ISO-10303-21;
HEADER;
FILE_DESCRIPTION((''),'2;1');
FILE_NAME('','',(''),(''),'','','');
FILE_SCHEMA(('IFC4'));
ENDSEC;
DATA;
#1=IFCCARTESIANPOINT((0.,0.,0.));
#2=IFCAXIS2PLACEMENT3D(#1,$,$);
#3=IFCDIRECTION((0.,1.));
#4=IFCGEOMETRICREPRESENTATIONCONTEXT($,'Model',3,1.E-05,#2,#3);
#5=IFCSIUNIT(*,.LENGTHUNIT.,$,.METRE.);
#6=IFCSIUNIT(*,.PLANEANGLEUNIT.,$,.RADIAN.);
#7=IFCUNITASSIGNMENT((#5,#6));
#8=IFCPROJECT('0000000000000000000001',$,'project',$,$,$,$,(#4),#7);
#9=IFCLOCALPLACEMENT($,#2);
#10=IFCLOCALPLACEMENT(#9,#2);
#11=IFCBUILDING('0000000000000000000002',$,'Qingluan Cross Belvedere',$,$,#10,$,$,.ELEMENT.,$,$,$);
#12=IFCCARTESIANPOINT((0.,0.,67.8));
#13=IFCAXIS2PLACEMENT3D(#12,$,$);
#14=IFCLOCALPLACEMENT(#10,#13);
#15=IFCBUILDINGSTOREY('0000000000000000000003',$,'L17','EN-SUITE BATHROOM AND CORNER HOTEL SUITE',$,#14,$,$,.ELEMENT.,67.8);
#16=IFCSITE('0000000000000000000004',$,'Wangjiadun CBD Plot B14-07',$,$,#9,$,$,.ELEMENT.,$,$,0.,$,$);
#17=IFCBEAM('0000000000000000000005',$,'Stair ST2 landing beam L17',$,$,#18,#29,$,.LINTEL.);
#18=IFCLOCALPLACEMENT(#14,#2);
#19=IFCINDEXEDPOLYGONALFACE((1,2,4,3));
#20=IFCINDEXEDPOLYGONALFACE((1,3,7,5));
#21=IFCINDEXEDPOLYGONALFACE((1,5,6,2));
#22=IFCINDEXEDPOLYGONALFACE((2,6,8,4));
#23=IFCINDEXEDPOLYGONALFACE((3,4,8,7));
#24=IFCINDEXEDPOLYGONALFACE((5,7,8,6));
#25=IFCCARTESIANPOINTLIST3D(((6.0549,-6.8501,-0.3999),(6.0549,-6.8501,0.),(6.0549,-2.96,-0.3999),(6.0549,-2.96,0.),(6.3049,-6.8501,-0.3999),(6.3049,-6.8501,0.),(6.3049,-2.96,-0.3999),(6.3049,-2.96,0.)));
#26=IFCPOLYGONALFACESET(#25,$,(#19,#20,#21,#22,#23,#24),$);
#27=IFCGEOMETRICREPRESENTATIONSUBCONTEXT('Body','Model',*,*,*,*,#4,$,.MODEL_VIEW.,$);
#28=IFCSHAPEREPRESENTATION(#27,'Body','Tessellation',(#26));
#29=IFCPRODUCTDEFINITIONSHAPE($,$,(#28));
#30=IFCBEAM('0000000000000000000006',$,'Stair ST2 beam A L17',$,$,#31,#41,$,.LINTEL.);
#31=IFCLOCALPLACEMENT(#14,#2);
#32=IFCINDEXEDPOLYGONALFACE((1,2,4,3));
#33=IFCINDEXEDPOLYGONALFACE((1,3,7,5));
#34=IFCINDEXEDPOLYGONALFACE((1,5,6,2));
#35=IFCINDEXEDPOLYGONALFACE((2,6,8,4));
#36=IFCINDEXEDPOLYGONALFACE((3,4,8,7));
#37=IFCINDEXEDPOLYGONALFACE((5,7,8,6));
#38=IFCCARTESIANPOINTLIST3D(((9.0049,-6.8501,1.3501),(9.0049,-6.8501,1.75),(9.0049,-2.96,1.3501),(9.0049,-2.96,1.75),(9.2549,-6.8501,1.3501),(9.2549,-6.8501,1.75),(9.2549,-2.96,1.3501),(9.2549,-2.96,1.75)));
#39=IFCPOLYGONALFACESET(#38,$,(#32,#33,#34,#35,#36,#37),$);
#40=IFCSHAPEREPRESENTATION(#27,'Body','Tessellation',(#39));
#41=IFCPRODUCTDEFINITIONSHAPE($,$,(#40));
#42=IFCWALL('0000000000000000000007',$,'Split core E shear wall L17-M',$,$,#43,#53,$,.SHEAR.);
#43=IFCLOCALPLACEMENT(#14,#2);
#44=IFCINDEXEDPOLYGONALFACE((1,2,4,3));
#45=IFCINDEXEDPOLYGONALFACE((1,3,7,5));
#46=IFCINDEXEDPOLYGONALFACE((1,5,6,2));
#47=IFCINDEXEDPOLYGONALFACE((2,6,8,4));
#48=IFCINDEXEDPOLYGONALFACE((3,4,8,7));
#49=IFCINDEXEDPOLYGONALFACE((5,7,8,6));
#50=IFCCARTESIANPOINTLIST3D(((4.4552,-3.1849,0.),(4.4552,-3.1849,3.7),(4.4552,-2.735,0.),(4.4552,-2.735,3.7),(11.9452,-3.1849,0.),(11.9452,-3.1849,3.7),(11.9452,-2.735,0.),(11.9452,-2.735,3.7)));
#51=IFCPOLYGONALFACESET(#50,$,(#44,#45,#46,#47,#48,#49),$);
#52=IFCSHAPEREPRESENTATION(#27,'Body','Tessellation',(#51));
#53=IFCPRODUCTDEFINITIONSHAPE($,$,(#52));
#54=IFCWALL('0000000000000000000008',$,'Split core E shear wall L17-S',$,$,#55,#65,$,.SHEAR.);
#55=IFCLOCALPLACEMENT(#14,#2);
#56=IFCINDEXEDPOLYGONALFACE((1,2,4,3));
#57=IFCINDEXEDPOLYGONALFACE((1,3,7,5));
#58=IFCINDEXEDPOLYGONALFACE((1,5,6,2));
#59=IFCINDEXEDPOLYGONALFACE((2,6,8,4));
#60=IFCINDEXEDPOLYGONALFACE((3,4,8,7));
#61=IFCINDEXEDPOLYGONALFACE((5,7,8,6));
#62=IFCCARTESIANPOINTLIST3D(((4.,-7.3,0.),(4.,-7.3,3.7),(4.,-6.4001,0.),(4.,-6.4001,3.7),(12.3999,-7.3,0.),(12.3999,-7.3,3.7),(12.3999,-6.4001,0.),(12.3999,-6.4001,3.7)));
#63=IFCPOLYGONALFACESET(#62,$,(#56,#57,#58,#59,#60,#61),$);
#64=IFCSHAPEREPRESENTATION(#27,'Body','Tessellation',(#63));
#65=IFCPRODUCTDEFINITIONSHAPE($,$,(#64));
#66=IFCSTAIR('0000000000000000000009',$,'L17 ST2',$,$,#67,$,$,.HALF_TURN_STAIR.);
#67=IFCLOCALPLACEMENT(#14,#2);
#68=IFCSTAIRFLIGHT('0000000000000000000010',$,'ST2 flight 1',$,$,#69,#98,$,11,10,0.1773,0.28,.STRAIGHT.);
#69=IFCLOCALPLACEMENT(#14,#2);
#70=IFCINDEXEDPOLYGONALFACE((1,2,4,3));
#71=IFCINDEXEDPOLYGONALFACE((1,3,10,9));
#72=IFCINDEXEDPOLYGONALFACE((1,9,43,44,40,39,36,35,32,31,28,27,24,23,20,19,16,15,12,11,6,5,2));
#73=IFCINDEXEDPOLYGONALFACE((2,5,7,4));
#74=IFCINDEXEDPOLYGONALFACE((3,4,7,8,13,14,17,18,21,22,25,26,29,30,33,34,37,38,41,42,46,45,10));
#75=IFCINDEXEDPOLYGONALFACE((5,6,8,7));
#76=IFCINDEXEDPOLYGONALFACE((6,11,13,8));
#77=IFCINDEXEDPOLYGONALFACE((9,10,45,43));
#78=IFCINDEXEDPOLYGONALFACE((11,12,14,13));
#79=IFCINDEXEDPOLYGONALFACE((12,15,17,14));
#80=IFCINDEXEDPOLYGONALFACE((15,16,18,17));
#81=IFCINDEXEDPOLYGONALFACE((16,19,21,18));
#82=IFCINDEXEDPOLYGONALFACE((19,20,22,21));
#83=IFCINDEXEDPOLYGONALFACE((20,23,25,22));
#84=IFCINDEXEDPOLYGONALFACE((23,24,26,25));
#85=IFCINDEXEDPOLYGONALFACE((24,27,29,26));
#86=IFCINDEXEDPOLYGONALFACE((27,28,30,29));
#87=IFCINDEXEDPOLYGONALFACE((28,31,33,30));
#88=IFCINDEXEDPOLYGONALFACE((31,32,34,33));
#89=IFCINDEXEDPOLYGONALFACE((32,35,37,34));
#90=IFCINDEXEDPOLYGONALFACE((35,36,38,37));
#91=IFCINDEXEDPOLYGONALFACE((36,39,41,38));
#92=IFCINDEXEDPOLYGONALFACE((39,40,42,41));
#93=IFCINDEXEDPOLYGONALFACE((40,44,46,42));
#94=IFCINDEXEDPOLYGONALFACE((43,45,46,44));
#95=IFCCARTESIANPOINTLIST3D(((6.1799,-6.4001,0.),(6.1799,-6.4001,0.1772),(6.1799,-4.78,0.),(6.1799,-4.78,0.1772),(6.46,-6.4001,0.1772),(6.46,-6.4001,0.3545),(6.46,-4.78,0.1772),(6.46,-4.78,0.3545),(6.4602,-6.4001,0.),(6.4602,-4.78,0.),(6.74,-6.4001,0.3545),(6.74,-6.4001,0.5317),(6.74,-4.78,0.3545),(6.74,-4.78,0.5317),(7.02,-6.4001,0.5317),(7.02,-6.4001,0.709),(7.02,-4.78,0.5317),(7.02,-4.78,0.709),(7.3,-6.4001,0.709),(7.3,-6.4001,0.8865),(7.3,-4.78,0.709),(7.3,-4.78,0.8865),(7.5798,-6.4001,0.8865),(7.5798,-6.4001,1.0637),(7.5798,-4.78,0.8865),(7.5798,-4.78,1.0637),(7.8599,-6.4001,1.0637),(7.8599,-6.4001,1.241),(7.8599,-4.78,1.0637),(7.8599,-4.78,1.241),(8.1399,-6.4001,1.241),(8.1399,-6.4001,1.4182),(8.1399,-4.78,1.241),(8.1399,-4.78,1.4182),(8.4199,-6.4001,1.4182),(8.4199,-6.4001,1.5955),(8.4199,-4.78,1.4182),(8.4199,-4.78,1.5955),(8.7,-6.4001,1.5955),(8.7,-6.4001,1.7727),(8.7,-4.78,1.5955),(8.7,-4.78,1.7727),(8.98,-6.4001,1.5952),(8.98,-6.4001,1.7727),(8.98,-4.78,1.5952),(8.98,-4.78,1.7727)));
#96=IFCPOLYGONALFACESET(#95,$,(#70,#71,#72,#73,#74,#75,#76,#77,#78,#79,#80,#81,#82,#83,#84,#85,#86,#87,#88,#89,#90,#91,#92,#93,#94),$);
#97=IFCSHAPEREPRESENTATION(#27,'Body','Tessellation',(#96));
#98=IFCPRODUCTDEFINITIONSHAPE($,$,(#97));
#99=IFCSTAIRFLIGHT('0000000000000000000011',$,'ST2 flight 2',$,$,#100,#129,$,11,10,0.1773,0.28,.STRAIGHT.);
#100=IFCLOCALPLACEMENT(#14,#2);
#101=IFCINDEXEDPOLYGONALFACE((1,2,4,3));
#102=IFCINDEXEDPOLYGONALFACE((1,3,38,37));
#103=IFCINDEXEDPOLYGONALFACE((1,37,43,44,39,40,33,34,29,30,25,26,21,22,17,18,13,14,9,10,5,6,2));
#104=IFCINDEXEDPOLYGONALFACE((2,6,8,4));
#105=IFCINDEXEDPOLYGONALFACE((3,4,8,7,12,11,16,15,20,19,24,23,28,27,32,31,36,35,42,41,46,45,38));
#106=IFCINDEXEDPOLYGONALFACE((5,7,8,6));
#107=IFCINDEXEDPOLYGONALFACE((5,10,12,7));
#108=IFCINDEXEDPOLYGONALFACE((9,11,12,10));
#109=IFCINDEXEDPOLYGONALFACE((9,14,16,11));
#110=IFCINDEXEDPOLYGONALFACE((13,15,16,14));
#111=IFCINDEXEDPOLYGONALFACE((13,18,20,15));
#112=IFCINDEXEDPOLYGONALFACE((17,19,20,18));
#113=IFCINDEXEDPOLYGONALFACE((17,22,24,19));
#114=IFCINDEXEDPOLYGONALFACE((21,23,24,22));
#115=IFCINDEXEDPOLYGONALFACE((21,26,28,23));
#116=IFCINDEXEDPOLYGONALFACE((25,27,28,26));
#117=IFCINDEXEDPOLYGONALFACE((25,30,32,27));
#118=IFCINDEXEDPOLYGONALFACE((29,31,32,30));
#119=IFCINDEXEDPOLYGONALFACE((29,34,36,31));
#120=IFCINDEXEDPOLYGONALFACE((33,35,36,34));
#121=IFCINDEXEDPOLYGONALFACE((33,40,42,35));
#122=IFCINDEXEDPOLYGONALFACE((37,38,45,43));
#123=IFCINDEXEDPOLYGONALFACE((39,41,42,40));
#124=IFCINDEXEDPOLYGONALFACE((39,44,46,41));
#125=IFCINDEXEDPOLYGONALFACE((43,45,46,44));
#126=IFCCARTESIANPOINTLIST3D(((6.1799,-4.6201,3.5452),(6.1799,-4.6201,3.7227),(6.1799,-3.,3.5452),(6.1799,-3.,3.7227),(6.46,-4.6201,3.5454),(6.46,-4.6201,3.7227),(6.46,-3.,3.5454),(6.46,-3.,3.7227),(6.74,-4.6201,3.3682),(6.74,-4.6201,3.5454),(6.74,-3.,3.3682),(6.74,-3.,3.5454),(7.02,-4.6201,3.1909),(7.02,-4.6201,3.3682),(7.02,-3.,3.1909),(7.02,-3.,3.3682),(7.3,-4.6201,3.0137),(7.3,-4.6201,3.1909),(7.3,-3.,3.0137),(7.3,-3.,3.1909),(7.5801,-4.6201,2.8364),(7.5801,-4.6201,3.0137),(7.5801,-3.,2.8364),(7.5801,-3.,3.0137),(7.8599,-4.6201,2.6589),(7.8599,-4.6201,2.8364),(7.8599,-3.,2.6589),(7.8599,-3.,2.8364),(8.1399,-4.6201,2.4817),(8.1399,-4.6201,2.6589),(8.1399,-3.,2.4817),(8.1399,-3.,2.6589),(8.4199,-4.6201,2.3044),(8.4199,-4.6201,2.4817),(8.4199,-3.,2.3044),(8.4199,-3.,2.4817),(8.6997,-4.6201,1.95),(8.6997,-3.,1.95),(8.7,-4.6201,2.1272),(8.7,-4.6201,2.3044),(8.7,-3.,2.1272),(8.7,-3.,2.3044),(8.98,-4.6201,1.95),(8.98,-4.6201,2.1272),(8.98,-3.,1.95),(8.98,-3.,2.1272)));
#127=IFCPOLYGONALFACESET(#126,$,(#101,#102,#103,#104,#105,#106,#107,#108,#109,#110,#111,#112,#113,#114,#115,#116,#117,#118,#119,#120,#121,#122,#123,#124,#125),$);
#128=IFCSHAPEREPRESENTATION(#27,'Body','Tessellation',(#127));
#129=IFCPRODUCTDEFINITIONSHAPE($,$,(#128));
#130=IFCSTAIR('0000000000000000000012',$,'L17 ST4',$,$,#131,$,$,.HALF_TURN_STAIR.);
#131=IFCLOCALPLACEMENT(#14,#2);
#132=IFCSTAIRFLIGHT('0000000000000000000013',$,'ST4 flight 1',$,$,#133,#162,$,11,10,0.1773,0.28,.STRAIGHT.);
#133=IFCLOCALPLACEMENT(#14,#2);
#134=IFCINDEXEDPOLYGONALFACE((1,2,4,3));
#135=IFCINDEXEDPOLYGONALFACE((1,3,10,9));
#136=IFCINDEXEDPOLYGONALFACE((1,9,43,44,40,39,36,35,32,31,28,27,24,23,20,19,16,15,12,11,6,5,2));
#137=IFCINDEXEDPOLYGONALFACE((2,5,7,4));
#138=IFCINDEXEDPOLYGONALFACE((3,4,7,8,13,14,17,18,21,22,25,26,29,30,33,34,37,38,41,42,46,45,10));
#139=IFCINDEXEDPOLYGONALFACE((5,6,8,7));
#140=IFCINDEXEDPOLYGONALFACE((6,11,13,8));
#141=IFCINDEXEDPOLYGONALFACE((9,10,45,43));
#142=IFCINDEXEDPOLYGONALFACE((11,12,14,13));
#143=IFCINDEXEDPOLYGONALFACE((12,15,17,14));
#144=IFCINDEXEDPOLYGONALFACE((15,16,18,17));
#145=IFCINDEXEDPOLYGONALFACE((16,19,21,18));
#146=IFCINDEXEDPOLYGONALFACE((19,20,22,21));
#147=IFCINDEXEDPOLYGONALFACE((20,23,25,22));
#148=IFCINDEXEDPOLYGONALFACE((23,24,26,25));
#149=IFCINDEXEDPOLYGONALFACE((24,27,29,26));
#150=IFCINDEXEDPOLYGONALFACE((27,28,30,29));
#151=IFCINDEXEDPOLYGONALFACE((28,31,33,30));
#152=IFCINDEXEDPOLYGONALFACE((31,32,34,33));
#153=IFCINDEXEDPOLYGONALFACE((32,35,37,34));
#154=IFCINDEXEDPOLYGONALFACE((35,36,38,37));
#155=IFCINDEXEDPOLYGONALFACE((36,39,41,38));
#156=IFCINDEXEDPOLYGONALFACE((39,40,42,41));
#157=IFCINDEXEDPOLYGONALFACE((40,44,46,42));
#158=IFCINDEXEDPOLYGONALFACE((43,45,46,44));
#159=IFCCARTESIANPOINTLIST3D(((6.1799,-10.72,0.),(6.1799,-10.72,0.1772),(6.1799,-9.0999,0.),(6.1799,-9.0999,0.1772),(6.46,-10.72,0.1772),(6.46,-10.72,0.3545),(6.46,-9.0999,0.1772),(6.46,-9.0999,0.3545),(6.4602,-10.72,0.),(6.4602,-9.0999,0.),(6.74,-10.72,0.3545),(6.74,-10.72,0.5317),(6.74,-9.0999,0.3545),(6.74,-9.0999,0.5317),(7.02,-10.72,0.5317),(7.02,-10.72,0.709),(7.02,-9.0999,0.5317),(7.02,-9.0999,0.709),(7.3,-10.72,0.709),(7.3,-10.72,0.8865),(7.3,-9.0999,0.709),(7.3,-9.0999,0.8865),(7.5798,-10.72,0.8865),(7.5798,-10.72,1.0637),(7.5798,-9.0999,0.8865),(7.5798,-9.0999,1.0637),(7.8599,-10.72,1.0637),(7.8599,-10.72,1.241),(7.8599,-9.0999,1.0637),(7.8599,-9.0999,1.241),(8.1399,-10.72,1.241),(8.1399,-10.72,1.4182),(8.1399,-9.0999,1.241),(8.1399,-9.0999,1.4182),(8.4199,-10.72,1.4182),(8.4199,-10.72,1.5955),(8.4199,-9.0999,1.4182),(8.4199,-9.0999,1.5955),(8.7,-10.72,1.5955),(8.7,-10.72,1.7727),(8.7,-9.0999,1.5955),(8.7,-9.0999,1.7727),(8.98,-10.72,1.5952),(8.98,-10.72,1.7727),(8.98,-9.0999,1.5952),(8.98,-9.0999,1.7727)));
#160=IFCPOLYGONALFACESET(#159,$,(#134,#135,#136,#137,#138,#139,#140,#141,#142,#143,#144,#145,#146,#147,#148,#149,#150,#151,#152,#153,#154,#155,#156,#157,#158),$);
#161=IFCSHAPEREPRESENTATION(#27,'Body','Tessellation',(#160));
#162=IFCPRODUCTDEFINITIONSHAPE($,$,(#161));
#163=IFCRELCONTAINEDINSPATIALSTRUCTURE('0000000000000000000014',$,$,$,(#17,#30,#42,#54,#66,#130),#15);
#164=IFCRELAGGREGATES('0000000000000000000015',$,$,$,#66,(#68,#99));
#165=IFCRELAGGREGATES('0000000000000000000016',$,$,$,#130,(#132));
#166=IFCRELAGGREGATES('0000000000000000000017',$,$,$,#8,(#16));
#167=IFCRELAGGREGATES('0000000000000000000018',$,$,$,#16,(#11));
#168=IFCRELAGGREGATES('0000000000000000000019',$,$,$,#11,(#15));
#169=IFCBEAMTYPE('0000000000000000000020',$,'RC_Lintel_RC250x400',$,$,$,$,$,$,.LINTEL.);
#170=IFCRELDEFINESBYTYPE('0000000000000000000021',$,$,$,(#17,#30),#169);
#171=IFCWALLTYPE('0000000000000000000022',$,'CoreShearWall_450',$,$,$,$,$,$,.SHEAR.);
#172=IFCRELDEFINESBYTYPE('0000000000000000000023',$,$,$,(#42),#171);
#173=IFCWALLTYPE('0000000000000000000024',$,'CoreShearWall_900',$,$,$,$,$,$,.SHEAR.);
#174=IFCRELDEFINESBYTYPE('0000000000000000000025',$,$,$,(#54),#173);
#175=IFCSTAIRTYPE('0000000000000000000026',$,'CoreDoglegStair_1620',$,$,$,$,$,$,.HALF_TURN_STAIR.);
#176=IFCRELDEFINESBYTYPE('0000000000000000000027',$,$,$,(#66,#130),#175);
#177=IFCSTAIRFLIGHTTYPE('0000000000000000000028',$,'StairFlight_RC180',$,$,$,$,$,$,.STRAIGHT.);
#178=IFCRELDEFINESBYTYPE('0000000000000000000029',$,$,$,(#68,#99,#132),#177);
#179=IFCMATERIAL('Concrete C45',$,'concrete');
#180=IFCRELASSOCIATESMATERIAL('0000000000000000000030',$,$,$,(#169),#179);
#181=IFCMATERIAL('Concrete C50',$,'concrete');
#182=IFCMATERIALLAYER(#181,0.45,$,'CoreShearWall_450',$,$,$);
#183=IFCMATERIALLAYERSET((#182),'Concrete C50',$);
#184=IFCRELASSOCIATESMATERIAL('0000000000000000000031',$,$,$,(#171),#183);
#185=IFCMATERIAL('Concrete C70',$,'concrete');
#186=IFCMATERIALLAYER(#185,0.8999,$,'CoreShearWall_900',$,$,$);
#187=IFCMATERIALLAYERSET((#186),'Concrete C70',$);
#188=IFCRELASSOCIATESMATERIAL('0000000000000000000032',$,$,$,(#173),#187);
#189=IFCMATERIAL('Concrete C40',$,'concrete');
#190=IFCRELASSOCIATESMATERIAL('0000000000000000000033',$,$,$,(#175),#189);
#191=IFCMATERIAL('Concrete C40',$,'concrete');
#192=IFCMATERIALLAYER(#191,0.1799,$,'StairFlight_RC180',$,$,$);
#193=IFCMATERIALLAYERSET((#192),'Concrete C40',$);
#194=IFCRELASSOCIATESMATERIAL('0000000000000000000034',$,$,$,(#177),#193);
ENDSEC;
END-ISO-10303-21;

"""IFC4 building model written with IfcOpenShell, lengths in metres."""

from ifc_helpers import new_model, si_unit, direction, frame, frame_2d, origin, origin_2d, place, context, subcontext, project, spatial, polyline, rectangle, outline, extrude, material, layer, layer_set, material_profile, profile_set, type_object, element, aggregate, save


model = new_model("IFC4")

# Units and contexts
model_context = context("Model", 3, precision=1e-05, world=origin(), true_north=direction((0.0, 1.0)))
body_context = subcontext(model_context, "Body", "Model", "MODEL_VIEW")
ifc_project = project(units=[si_unit("LENGTHUNIT", "METRE"), si_unit("PLANEANGLEUNIT", "RADIAN")], contexts=[model_context])

# Site, building, storey
site_placement = place(None, origin())
site = spatial("IfcSite", under=ifc_project, at=site_placement, Name="Wangjiadun CBD Plot B14-07", CompositionType="ELEMENT", RefElevation=0.0)
building_placement = place(site_placement, origin())
building = spatial("IfcBuilding", under=site, at=building_placement, Name="Qingluan Cross Belvedere", CompositionType="ELEMENT")
storey_placement = place(building_placement, frame((0.0, 0.0, 67.8)))
storey = spatial("IfcBuildingStorey", under=building, at=storey_placement, Name="L17", Description="EN-SUITE BATHROOM AND CORNER HOTEL SUITE", CompositionType="ELEMENT", Elevation=67.8)

# Beams
ifc_material_1 = material(Name="Concrete C45", Category="concrete")
ifc_material_profile = material_profile(ifc_material_1, rectangle(XDim=0.25, YDim=0.3999, at=origin_2d()), Name="RC250x400")
ifc_profile_set = profile_set([ifc_material_profile], Name="Concrete C45")
beam_type = type_object("IfcBeamType", Name="RC_Lintel_RC250x400", PredefinedType="LINTEL", material=ifc_profile_set)
for number, where, z_axis, x_axis, name in (
    (1, (6.1799, -6.8501, -0.2), (0.0, 1.0, 0.0), (-1.0, 0.0, 0.0), "Stair ST2 landing beam L17"),
    (2, (9.1299, -6.8501, 1.55), (0.0, 1.0, 0.0), (-1.0, 0.0, 0.0), "Stair ST2 beam A L17"),
):
    element("IfcBeam", number, at=place(storey_placement, frame(where, z_axis=z_axis, x_axis=x_axis)), inside=storey, type_object=beam_type, Name=name, PredefinedType="LINTEL", context=body_context, shape_type="SweptSolid", body=[
        extrude(rectangle(XDim=0.25, YDim=0.3999, at=origin_2d()), origin(), (0.0, 0.0, 1.0), 3.8901),
    ])

# Walls
ifc_material_2 = material(Name="Concrete C50", Category="concrete")
ifc_layer_1 = layer(ifc_material_2, 0.45, Name="CoreShearWall_450")
ifc_layer_set_1 = layer_set([ifc_layer_1], Name="Concrete C50")
wall_type_1 = type_object("IfcWallType", Name="CoreShearWall_450", PredefinedType="SHEAR", material=ifc_layer_set_1)
wall_1_placement = place(storey_placement, frame((4.4551, -2.96, 0.0), z_axis=(0.0, 0.0, 1.0), x_axis=(1.0, 0.0, 0.0)))
element("IfcWall", 3, at=wall_1_placement, inside=storey, type_object=wall_type_1, Name="Split core E shear wall L17-M", PredefinedType="SHEAR", context=body_context, shape_type="SweptSolid", body=[
    extrude(rectangle(XDim=7.49, YDim=0.45, at=frame_2d((3.7451, 0.0))), origin(), (0.0, 0.0, 1.0), 3.7),
])
ifc_material_3 = material(Name="Concrete C70", Category="concrete")
ifc_layer_2 = layer(ifc_material_3, 0.8999, Name="CoreShearWall_900")
ifc_layer_set_2 = layer_set([ifc_layer_2], Name="Concrete C70")
wall_type_2 = type_object("IfcWallType", Name="CoreShearWall_900", PredefinedType="SHEAR", material=ifc_layer_set_2)
wall_2_placement = place(storey_placement, frame((4.0, -6.8501, 0.0), z_axis=(0.0, 0.0, 1.0), x_axis=(1.0, 0.0, 0.0)))
element("IfcWall", 4, at=wall_2_placement, inside=storey, type_object=wall_type_2, Name="Split core E shear wall L17-S", PredefinedType="SHEAR", context=body_context, shape_type="SweptSolid", body=[
    extrude(rectangle(XDim=8.3999, YDim=0.8999, at=frame_2d((4.2, 0.0))), origin(), (0.0, 0.0, 1.0), 3.7),
])

# Stairs, stair flights
ifc_material_4 = material(Name="Concrete C40", Category="concrete")
stair_type = type_object("IfcStairType", Name="CoreDoglegStair_1620", PredefinedType="HALF_TURN_STAIR", material=ifc_material_4)
stair_1_placement = place(storey_placement, origin())
stair_1 = element("IfcStair", 5, at=stair_1_placement, inside=storey, type_object=stair_type, Name="L17 ST2", PredefinedType="HALF_TURN_STAIR")
ifc_material_5 = material(Name="Concrete C40", Category="concrete")
ifc_layer_3 = layer(ifc_material_5, 0.1799, Name="StairFlight_RC180")
ifc_layer_set_3 = layer_set([ifc_layer_3], Name="Concrete C40")
stair_flight_type = type_object("IfcStairFlightType", Name="StairFlight_RC180", PredefinedType="STRAIGHT", material=ifc_layer_set_3)
stair_flight_1_placement = place(storey_placement, frame((6.1799, -5.5901, 0.0), z_axis=(0.0, 0.0, 1.0), x_axis=(1.0, 0.0, 0.0)))
stair_flight_1 = element("IfcStairFlight", 6, at=stair_flight_1_placement, type_object=stair_flight_type, Name="ST2 flight 1", NumberOfRisers=11, NumberOfTreads=10, PredefinedType="STRAIGHT", RiserHeight=0.1773, TreadLength=0.28, context=body_context, shape_type="SweptSolid", body=[
    extrude(outline(polyline([(0.0, 0.0), (0.0, 0.1772), (0.28, 0.1772), (0.28, 0.3545), (0.5601, 0.3545), (0.5601, 0.5317), (0.8401, 0.5317), (0.8401, 0.709), (1.1201, 0.709), (1.1201, 0.8865), (1.3999, 0.8865), (1.3999, 1.0637), (1.6799, 1.0637), (1.6799, 1.241), (1.96, 1.241), (1.96, 1.4182), (2.24, 1.4182), (2.24, 1.5955), (2.52, 1.5955), (2.52, 1.7727), (2.8, 1.7727), (2.8, 1.95), (2.8, 1.5952), (0.2803, 0.0), (0.0, 0.0)])), frame((0.0, 0.8101, 0.0), z_axis=(0.0, -1.0, 0.0), x_axis=(1.0, 0.0, 0.0)), (0.0, 0.0, 1.0), 1.6201),
])
stair_flight_2_placement = place(storey_placement, frame((8.98, -3.8101, 1.95), z_axis=(0.0, 0.0, 1.0), x_axis=(-1.0, 0.0, 0.0)))
stair_flight_2 = element("IfcStairFlight", 7, at=stair_flight_2_placement, type_object=stair_flight_type, Name="ST2 flight 2", NumberOfRisers=11, NumberOfTreads=10, PredefinedType="STRAIGHT", RiserHeight=0.1773, TreadLength=0.28, context=body_context, shape_type="SweptSolid", body=[
    extrude(outline(polyline([(0.0, 0.0), (0.0, 0.1772), (0.28, 0.1772), (0.28, 0.3545), (0.5601, 0.3545), (0.5601, 0.5317), (0.8401, 0.5317), (0.8401, 0.709), (1.1201, 0.709), (1.1201, 0.8865), (1.3999, 0.8865), (1.3999, 1.0637), (1.6799, 1.0637), (1.6799, 1.241), (1.96, 1.241), (1.96, 1.4182), (2.24, 1.4182), (2.24, 1.5955), (2.52, 1.5955), (2.52, 1.7727), (2.8, 1.7727), (2.8, 1.95), (2.8, 1.5952), (0.2803, 0.0), (0.0, 0.0)])), frame((0.0, 0.8101, 0.0), z_axis=(0.0, -1.0, 0.0), x_axis=(1.0, 0.0, 0.0)), (0.0, 0.0, 1.0), 1.6201),
])
aggregate(stair_1, [stair_flight_1, stair_flight_2])
stair_2_placement = place(storey_placement, origin())
stair_2 = element("IfcStair", 8, at=stair_2_placement, inside=storey, type_object=stair_type, Name="L17 ST4", PredefinedType="HALF_TURN_STAIR")
stair_flight_3_placement = place(storey_placement, frame((6.1799, -9.9099, 0.0), z_axis=(0.0, 0.0, 1.0), x_axis=(1.0, 0.0, 0.0)))
stair_flight_3 = element("IfcStairFlight", 9, at=stair_flight_3_placement, type_object=stair_flight_type, Name="ST4 flight 1", NumberOfRisers=11, NumberOfTreads=10, PredefinedType="STRAIGHT", RiserHeight=0.1773, TreadLength=0.28, context=body_context, shape_type="SweptSolid", body=[
    extrude(outline(polyline([(0.0, 0.0), (0.0, 0.1772), (0.28, 0.1772), (0.28, 0.3545), (0.5601, 0.3545), (0.5601, 0.5317), (0.8401, 0.5317), (0.8401, 0.709), (1.1201, 0.709), (1.1201, 0.8865), (1.3999, 0.8865), (1.3999, 1.0637), (1.6799, 1.0637), (1.6799, 1.241), (1.96, 1.241), (1.96, 1.4182), (2.24, 1.4182), (2.24, 1.5955), (2.52, 1.5955), (2.52, 1.7727), (2.8, 1.7727), (2.8, 1.95), (2.8, 1.5952), (0.2803, 0.0), (0.0, 0.0)])), frame((0.0, 0.8101, 0.0), z_axis=(0.0, -1.0, 0.0), x_axis=(1.0, 0.0, 0.0)), (0.0, 0.0, 1.0), 1.6201),
])
aggregate(stair_2, [stair_flight_3])

save(model, "model.ifc")
